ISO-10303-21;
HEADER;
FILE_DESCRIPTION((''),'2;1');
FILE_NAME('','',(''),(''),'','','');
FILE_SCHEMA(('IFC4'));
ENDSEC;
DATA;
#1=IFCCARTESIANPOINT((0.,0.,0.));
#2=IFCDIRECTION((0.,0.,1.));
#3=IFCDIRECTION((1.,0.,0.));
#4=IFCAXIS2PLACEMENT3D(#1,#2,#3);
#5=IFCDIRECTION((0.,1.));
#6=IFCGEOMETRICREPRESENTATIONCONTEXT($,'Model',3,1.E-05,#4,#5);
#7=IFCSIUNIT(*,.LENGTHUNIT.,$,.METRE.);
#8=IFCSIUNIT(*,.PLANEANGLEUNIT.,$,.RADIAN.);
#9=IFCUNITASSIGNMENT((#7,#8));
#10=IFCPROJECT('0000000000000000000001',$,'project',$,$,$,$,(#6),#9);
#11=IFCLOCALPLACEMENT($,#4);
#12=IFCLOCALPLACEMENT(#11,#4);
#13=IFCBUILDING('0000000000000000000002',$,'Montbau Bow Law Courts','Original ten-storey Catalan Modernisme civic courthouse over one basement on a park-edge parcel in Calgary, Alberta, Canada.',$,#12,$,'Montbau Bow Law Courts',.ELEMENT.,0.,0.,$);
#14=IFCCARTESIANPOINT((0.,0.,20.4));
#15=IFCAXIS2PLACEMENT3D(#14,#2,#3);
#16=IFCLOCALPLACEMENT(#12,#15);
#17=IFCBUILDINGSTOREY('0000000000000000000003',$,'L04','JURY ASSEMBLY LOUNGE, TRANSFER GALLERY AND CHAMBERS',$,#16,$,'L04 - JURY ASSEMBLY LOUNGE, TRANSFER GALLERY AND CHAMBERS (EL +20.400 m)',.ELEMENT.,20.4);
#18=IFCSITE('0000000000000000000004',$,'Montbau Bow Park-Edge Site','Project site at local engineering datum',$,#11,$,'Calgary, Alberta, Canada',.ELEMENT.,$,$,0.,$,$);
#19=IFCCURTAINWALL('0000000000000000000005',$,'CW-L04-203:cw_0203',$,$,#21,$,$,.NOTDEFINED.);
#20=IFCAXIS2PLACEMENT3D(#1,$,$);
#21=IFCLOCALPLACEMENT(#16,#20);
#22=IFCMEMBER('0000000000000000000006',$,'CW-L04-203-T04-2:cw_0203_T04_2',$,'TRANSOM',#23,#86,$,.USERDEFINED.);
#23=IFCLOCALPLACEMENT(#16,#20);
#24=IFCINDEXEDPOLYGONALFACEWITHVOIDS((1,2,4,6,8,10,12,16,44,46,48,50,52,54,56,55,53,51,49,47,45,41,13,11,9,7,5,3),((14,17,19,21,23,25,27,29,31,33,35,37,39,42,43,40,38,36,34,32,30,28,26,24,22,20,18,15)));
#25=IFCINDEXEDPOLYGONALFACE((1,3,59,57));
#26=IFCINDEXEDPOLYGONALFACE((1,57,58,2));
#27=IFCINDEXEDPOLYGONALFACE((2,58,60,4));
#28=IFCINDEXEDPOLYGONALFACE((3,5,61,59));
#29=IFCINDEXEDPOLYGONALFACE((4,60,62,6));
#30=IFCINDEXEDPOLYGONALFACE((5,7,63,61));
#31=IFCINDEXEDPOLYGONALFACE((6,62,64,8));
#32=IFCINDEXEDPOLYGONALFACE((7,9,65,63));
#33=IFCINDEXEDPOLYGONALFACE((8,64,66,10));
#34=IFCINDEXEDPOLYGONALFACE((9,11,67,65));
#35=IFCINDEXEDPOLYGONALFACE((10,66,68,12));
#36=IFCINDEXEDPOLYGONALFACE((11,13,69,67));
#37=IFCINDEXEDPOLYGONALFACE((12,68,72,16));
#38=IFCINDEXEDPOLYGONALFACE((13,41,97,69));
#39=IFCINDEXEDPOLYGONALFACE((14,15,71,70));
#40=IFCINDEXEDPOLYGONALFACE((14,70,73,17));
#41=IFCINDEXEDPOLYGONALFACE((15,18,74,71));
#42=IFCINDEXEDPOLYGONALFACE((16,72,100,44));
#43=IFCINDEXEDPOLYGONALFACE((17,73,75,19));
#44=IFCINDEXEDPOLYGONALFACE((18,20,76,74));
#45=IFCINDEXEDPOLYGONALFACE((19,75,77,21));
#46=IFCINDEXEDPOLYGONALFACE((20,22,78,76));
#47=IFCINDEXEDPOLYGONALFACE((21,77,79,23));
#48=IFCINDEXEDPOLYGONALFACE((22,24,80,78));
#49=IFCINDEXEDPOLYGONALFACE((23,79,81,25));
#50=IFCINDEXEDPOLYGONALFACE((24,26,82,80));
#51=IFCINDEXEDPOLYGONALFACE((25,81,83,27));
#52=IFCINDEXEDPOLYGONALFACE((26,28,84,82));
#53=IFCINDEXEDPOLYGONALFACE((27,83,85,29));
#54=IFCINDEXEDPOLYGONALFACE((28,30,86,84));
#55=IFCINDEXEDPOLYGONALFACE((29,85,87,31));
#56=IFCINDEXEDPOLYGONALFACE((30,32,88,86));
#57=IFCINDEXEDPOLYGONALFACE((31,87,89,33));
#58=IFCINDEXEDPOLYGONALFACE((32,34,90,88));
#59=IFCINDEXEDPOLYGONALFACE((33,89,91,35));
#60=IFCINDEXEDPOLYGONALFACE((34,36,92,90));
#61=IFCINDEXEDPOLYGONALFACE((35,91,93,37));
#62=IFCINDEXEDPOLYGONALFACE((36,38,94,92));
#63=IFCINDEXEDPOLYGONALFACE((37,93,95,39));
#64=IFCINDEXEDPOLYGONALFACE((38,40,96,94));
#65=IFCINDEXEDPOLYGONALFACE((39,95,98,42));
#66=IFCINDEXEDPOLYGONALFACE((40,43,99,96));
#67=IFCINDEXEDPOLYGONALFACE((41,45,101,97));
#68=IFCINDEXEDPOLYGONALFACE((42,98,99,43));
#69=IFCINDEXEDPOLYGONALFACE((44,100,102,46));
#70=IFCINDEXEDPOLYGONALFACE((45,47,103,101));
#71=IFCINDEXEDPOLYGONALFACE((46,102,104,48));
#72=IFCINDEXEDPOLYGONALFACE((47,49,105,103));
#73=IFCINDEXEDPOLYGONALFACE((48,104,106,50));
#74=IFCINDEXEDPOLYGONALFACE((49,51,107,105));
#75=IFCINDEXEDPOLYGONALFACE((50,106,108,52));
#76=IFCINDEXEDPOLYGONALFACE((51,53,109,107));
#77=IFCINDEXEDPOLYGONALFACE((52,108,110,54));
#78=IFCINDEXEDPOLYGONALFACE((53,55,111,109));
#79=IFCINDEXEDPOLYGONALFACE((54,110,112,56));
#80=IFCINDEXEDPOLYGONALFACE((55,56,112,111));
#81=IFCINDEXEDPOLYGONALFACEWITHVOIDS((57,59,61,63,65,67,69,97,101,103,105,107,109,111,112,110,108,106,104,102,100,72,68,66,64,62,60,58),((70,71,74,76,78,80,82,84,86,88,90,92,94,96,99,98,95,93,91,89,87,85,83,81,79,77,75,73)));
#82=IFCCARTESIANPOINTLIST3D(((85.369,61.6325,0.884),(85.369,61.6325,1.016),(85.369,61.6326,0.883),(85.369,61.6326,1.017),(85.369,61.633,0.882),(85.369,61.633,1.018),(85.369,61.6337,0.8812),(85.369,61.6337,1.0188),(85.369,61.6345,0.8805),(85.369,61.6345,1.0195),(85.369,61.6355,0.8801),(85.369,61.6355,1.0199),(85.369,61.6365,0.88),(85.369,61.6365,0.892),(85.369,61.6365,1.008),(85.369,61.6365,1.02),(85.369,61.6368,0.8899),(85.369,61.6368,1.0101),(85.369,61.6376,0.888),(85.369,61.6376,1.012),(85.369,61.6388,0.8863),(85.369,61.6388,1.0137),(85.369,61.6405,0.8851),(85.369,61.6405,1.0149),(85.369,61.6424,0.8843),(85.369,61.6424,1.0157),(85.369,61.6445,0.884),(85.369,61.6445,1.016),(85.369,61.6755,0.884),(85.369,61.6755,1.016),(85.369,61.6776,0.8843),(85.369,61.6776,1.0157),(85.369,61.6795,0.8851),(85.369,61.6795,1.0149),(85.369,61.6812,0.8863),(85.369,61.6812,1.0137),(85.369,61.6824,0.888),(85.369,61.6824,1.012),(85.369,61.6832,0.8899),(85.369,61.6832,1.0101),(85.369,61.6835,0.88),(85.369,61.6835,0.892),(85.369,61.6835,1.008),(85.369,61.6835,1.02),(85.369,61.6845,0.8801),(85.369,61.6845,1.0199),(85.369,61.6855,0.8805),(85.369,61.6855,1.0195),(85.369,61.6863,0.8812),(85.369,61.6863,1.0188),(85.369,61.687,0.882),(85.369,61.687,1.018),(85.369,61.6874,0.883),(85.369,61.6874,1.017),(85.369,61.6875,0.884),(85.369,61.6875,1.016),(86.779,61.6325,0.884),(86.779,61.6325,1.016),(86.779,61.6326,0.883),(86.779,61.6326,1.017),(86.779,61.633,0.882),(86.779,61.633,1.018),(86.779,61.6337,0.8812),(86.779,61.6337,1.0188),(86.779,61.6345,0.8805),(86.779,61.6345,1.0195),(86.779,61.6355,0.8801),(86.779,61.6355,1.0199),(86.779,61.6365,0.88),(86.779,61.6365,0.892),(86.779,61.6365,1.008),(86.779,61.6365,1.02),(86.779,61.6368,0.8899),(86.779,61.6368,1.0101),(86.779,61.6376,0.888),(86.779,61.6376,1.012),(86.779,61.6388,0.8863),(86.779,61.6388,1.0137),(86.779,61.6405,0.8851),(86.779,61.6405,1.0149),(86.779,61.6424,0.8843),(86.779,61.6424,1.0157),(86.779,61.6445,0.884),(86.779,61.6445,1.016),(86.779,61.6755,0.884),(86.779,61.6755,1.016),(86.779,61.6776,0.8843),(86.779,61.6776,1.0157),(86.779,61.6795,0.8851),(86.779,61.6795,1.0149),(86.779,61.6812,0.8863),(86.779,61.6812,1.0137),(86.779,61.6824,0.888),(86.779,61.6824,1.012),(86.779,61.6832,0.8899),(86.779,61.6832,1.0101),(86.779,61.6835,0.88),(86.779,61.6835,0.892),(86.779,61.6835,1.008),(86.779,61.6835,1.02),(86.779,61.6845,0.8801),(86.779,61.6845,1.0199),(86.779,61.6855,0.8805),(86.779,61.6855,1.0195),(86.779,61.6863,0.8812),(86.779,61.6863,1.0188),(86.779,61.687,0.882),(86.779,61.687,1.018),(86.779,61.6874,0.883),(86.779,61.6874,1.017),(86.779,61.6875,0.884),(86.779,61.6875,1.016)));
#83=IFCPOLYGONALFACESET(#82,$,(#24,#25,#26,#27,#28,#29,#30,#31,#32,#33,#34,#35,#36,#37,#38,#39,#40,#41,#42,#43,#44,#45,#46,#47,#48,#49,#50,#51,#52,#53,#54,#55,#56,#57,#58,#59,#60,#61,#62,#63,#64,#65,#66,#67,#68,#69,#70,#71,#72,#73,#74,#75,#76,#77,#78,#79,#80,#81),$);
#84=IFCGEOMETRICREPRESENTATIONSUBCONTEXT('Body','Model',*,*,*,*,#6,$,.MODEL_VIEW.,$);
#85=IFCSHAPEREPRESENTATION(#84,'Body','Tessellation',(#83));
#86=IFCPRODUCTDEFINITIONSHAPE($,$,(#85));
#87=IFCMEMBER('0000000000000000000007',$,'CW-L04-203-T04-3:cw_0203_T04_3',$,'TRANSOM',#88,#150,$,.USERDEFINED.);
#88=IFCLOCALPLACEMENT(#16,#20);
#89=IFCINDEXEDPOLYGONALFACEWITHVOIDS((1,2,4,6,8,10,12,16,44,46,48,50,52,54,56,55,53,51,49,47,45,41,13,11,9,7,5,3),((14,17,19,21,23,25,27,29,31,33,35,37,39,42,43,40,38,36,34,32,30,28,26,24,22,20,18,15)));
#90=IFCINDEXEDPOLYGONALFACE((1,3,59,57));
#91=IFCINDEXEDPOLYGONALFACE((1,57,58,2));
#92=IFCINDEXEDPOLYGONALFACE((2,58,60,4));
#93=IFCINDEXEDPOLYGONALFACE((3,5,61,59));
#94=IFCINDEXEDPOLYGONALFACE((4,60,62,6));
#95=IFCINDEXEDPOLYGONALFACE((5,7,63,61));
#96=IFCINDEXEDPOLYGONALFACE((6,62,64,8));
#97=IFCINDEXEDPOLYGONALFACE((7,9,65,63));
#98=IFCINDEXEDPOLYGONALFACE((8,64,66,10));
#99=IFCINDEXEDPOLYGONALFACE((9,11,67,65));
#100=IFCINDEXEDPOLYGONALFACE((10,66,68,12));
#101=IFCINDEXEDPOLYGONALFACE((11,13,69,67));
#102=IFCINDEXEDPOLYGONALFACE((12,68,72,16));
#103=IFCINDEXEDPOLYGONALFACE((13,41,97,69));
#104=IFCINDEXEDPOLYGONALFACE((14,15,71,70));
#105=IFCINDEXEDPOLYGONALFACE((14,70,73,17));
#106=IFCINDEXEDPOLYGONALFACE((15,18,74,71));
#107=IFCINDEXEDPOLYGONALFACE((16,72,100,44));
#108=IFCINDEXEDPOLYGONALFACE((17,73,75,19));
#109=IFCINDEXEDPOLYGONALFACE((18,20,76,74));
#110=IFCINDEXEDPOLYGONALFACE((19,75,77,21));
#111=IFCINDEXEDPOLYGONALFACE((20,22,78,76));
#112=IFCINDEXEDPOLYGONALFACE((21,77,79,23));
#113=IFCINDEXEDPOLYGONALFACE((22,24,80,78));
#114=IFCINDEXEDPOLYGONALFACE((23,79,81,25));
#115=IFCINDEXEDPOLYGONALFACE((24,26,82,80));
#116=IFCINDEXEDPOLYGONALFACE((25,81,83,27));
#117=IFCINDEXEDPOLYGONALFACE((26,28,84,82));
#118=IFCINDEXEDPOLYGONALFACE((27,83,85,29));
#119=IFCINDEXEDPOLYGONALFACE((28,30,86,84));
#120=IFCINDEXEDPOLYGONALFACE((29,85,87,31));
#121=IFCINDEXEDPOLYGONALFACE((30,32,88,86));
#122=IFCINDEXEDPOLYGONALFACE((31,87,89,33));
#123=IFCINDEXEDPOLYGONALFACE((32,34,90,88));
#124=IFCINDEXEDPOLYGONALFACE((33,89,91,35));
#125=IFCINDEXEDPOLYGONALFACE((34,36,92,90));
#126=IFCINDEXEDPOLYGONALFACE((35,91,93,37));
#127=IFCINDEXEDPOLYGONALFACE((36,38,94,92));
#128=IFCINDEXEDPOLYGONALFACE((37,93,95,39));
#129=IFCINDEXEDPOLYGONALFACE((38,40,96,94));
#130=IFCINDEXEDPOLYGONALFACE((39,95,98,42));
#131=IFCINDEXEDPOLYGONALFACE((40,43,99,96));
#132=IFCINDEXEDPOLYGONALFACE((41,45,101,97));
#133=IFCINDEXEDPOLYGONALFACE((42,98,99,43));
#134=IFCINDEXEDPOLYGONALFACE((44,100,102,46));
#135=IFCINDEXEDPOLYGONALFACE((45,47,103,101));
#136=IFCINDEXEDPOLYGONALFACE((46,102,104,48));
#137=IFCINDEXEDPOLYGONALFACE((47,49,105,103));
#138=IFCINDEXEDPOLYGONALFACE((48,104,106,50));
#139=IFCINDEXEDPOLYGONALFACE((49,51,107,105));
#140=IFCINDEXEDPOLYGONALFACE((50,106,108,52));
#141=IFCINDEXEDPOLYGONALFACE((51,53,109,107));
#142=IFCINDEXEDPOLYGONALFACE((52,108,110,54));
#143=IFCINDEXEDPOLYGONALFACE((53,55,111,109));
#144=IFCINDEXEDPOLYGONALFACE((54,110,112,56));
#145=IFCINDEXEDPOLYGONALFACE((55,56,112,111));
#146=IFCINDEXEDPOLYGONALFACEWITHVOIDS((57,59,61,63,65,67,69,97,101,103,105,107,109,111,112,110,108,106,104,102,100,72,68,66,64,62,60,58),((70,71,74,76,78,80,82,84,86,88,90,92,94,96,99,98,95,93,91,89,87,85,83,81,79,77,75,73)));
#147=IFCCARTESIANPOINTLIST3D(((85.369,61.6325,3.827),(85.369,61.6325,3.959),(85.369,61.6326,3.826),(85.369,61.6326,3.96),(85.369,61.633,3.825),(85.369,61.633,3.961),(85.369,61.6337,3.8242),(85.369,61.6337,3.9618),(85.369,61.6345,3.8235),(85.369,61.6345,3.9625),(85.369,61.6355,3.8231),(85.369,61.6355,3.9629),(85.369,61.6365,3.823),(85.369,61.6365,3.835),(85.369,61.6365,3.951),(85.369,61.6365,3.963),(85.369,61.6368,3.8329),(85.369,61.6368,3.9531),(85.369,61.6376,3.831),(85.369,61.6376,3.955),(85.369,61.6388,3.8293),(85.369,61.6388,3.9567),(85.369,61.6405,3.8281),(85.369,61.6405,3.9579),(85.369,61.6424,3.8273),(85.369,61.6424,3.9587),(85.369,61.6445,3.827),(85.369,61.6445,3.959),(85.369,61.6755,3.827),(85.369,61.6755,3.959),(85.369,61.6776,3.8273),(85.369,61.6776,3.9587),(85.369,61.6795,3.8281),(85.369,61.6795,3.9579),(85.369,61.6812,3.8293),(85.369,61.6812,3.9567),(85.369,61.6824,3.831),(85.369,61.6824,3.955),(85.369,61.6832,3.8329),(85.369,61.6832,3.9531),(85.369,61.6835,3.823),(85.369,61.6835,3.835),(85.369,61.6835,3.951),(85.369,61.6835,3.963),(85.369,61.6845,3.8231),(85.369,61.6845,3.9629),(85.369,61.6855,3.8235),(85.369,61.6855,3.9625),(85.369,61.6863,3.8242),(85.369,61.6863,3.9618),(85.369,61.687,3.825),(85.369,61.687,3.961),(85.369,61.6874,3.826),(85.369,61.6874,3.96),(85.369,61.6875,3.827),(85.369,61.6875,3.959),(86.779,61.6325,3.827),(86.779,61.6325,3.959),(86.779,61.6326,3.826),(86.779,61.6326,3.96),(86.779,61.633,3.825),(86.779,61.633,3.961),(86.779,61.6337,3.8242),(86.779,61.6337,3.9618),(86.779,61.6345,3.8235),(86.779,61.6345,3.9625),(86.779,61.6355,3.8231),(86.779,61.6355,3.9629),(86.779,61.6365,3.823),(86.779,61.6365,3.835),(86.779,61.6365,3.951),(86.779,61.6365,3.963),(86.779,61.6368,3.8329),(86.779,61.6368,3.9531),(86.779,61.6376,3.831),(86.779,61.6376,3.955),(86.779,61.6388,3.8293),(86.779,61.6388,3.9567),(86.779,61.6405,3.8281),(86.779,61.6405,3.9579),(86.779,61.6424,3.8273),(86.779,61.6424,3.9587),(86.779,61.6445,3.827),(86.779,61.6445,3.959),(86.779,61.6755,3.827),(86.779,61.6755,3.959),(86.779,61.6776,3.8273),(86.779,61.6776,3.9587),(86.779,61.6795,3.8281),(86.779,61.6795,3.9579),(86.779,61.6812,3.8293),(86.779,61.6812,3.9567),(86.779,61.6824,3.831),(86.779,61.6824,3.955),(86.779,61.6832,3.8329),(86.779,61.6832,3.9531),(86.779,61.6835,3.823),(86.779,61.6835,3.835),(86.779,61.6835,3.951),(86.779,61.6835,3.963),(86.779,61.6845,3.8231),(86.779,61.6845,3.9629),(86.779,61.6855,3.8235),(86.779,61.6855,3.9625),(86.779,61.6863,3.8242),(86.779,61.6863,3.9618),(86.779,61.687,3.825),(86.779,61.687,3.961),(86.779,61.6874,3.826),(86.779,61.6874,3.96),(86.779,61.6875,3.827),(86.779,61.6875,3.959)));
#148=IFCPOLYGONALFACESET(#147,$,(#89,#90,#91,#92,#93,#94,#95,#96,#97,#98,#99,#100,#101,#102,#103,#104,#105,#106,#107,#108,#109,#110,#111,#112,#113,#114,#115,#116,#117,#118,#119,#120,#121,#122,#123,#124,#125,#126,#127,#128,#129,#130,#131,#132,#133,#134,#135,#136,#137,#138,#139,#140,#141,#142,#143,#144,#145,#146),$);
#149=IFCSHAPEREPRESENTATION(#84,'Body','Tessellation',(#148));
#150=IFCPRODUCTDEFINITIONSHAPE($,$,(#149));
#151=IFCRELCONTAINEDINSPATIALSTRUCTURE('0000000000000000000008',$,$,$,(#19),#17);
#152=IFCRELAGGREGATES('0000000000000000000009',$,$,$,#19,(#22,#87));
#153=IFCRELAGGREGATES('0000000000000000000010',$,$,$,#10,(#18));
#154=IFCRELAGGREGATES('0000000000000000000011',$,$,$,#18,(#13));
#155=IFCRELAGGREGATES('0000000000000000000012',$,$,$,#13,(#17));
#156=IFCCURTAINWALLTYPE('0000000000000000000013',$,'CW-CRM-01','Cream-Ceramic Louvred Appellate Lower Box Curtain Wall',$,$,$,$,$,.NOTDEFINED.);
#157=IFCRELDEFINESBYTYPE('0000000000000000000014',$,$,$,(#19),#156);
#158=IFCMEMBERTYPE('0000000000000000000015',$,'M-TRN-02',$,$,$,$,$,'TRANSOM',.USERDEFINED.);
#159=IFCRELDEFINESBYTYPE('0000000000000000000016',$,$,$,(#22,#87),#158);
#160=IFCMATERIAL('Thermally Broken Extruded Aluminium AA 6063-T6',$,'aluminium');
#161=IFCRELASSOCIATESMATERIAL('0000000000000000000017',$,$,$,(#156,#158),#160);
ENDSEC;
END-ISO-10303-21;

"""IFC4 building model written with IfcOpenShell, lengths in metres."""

from ifc_helpers import new_model, si_unit, direction, frame, origin_with_axes, origin_2d_with_axis, place, context, subcontext, project, spatial, hollow_rectangle, extrude, material, material_profile, profile_set, type_object, element, aggregate, save


model = new_model("IFC4")

# Units and contexts
model_context = context("Model", 3, precision=1e-05, world=origin_with_axes(), true_north=direction((0.0, 1.0)))
body_context = subcontext(model_context, "Body", "Model", "MODEL_VIEW")
ifc_project = project(units=[si_unit("LENGTHUNIT", "METRE"), si_unit("PLANEANGLEUNIT", "RADIAN")], contexts=[model_context])

# Site, building, storey
site_placement = place(None, origin_with_axes())
site = spatial("IfcSite", under=ifc_project, at=site_placement, Name="Montbau Bow Park-Edge Site", Description="Project site at local engineering datum", LongName="Calgary, Alberta, Canada", CompositionType="ELEMENT", RefElevation=0.0)
building_placement = place(site_placement, origin_with_axes())
building = spatial("IfcBuilding", under=site, at=building_placement, Name="Montbau Bow Law Courts", Description="Original ten-storey Catalan Modernisme civic courthouse over one basement on a park-edge parcel in Calgary, Alberta, Canada.", LongName="Montbau Bow Law Courts", CompositionType="ELEMENT", ElevationOfRefHeight=0.0, ElevationOfTerrain=0.0)
storey_placement = place(building_placement, frame((0.0, 0.0, 20.4), z_axis=(0.0, 0.0, 1.0), x_axis=(1.0, 0.0, 0.0)))
storey = spatial("IfcBuildingStorey", under=building, at=storey_placement, Name="L04", Description="JURY ASSEMBLY LOUNGE, TRANSFER GALLERY AND CHAMBERS", LongName="L04 - JURY ASSEMBLY LOUNGE, TRANSFER GALLERY AND CHAMBERS (EL +20.400 m)", CompositionType="ELEMENT", Elevation=20.4)

# Shared definitions
ifc_material_1 = material(Name="Thermally Broken Extruded Aluminium AA 6063-T6", Category="aluminium")
curtain_wall_type = type_object("IfcCurtainWallType", Name="CW-CRM-01", Description="Cream-Ceramic Louvred Appellate Lower Box Curtain Wall", PredefinedType="NOTDEFINED", material=ifc_material_1)

# Curtain wall, members
curtain_wall_1_placement = place(None, frame((80.915, 61.66, 20.4), z_axis=(0.0, 0.0, 1.0), x_axis=(1.0, 0.0, 0.0)))
curtain_wall_1 = element("IfcCurtainWall", 1, at=curtain_wall_1_placement, inside=storey, type_object=curtain_wall_type, Name="CW-L04-203:cw_0203", PredefinedType="NOTDEFINED")
ifc_material_profile_1 = material_profile(ifc_material_1, hollow_rectangle(XDim=0.055, YDim=0.14, WallThickness=0.004, InnerFilletRadius=0.008, OuterFilletRadius=0.004, at=origin_2d_with_axis()), Name="CWT-140X55", Category="Main", Priority=0)
ifc_profile_set_1 = profile_set([ifc_material_profile_1], Name="Thermally Broken Extruded Aluminium AA 6063-T6")
member_type_1 = type_object("IfcMemberType", Name="M-TRN-02", ElementType="TRANSOM", PredefinedType="USERDEFINED", material=ifc_profile_set_1)
member_1_placement = place(None, frame((85.369, 61.66, 21.35), z_axis=(1.0, 0.0, 0.0), x_axis=(0.0, 1.0, 0.0)))
member_1 = element("IfcMember", 2, at=member_1_placement, type_object=member_type_1, Name="CW-L04-203-T04-2:cw_0203_T04_2", ObjectType="TRANSOM", PredefinedType="USERDEFINED", context=body_context, shape_type="SweptSolid", body=[
    extrude(hollow_rectangle(XDim=0.055, YDim=0.14, WallThickness=0.004, InnerFilletRadius=0.008, OuterFilletRadius=0.004, at=origin_2d_with_axis()), origin_with_axes(), (0.0, 0.0, 1.0), 1.41),
])
member_2_placement = place(None, frame((85.369, 61.66, 24.293), z_axis=(1.0, 0.0, 0.0), x_axis=(0.0, 1.0, 0.0)))
member_2 = element("IfcMember", 3, at=member_2_placement, type_object=member_type_1, Name="CW-L04-203-T04-3:cw_0203_T04_3", ObjectType="TRANSOM", PredefinedType="USERDEFINED", context=body_context, shape_type="SweptSolid", body=[
    extrude(hollow_rectangle(XDim=0.055, YDim=0.14, WallThickness=0.004, InnerFilletRadius=0.008, OuterFilletRadius=0.004, at=origin_2d_with_axis()), origin_with_axes(), (0.0, 0.0, 1.0), 1.41),
])

aggregate(curtain_wall_1, [member_1, member_2])

save(model, "model.ifc")
